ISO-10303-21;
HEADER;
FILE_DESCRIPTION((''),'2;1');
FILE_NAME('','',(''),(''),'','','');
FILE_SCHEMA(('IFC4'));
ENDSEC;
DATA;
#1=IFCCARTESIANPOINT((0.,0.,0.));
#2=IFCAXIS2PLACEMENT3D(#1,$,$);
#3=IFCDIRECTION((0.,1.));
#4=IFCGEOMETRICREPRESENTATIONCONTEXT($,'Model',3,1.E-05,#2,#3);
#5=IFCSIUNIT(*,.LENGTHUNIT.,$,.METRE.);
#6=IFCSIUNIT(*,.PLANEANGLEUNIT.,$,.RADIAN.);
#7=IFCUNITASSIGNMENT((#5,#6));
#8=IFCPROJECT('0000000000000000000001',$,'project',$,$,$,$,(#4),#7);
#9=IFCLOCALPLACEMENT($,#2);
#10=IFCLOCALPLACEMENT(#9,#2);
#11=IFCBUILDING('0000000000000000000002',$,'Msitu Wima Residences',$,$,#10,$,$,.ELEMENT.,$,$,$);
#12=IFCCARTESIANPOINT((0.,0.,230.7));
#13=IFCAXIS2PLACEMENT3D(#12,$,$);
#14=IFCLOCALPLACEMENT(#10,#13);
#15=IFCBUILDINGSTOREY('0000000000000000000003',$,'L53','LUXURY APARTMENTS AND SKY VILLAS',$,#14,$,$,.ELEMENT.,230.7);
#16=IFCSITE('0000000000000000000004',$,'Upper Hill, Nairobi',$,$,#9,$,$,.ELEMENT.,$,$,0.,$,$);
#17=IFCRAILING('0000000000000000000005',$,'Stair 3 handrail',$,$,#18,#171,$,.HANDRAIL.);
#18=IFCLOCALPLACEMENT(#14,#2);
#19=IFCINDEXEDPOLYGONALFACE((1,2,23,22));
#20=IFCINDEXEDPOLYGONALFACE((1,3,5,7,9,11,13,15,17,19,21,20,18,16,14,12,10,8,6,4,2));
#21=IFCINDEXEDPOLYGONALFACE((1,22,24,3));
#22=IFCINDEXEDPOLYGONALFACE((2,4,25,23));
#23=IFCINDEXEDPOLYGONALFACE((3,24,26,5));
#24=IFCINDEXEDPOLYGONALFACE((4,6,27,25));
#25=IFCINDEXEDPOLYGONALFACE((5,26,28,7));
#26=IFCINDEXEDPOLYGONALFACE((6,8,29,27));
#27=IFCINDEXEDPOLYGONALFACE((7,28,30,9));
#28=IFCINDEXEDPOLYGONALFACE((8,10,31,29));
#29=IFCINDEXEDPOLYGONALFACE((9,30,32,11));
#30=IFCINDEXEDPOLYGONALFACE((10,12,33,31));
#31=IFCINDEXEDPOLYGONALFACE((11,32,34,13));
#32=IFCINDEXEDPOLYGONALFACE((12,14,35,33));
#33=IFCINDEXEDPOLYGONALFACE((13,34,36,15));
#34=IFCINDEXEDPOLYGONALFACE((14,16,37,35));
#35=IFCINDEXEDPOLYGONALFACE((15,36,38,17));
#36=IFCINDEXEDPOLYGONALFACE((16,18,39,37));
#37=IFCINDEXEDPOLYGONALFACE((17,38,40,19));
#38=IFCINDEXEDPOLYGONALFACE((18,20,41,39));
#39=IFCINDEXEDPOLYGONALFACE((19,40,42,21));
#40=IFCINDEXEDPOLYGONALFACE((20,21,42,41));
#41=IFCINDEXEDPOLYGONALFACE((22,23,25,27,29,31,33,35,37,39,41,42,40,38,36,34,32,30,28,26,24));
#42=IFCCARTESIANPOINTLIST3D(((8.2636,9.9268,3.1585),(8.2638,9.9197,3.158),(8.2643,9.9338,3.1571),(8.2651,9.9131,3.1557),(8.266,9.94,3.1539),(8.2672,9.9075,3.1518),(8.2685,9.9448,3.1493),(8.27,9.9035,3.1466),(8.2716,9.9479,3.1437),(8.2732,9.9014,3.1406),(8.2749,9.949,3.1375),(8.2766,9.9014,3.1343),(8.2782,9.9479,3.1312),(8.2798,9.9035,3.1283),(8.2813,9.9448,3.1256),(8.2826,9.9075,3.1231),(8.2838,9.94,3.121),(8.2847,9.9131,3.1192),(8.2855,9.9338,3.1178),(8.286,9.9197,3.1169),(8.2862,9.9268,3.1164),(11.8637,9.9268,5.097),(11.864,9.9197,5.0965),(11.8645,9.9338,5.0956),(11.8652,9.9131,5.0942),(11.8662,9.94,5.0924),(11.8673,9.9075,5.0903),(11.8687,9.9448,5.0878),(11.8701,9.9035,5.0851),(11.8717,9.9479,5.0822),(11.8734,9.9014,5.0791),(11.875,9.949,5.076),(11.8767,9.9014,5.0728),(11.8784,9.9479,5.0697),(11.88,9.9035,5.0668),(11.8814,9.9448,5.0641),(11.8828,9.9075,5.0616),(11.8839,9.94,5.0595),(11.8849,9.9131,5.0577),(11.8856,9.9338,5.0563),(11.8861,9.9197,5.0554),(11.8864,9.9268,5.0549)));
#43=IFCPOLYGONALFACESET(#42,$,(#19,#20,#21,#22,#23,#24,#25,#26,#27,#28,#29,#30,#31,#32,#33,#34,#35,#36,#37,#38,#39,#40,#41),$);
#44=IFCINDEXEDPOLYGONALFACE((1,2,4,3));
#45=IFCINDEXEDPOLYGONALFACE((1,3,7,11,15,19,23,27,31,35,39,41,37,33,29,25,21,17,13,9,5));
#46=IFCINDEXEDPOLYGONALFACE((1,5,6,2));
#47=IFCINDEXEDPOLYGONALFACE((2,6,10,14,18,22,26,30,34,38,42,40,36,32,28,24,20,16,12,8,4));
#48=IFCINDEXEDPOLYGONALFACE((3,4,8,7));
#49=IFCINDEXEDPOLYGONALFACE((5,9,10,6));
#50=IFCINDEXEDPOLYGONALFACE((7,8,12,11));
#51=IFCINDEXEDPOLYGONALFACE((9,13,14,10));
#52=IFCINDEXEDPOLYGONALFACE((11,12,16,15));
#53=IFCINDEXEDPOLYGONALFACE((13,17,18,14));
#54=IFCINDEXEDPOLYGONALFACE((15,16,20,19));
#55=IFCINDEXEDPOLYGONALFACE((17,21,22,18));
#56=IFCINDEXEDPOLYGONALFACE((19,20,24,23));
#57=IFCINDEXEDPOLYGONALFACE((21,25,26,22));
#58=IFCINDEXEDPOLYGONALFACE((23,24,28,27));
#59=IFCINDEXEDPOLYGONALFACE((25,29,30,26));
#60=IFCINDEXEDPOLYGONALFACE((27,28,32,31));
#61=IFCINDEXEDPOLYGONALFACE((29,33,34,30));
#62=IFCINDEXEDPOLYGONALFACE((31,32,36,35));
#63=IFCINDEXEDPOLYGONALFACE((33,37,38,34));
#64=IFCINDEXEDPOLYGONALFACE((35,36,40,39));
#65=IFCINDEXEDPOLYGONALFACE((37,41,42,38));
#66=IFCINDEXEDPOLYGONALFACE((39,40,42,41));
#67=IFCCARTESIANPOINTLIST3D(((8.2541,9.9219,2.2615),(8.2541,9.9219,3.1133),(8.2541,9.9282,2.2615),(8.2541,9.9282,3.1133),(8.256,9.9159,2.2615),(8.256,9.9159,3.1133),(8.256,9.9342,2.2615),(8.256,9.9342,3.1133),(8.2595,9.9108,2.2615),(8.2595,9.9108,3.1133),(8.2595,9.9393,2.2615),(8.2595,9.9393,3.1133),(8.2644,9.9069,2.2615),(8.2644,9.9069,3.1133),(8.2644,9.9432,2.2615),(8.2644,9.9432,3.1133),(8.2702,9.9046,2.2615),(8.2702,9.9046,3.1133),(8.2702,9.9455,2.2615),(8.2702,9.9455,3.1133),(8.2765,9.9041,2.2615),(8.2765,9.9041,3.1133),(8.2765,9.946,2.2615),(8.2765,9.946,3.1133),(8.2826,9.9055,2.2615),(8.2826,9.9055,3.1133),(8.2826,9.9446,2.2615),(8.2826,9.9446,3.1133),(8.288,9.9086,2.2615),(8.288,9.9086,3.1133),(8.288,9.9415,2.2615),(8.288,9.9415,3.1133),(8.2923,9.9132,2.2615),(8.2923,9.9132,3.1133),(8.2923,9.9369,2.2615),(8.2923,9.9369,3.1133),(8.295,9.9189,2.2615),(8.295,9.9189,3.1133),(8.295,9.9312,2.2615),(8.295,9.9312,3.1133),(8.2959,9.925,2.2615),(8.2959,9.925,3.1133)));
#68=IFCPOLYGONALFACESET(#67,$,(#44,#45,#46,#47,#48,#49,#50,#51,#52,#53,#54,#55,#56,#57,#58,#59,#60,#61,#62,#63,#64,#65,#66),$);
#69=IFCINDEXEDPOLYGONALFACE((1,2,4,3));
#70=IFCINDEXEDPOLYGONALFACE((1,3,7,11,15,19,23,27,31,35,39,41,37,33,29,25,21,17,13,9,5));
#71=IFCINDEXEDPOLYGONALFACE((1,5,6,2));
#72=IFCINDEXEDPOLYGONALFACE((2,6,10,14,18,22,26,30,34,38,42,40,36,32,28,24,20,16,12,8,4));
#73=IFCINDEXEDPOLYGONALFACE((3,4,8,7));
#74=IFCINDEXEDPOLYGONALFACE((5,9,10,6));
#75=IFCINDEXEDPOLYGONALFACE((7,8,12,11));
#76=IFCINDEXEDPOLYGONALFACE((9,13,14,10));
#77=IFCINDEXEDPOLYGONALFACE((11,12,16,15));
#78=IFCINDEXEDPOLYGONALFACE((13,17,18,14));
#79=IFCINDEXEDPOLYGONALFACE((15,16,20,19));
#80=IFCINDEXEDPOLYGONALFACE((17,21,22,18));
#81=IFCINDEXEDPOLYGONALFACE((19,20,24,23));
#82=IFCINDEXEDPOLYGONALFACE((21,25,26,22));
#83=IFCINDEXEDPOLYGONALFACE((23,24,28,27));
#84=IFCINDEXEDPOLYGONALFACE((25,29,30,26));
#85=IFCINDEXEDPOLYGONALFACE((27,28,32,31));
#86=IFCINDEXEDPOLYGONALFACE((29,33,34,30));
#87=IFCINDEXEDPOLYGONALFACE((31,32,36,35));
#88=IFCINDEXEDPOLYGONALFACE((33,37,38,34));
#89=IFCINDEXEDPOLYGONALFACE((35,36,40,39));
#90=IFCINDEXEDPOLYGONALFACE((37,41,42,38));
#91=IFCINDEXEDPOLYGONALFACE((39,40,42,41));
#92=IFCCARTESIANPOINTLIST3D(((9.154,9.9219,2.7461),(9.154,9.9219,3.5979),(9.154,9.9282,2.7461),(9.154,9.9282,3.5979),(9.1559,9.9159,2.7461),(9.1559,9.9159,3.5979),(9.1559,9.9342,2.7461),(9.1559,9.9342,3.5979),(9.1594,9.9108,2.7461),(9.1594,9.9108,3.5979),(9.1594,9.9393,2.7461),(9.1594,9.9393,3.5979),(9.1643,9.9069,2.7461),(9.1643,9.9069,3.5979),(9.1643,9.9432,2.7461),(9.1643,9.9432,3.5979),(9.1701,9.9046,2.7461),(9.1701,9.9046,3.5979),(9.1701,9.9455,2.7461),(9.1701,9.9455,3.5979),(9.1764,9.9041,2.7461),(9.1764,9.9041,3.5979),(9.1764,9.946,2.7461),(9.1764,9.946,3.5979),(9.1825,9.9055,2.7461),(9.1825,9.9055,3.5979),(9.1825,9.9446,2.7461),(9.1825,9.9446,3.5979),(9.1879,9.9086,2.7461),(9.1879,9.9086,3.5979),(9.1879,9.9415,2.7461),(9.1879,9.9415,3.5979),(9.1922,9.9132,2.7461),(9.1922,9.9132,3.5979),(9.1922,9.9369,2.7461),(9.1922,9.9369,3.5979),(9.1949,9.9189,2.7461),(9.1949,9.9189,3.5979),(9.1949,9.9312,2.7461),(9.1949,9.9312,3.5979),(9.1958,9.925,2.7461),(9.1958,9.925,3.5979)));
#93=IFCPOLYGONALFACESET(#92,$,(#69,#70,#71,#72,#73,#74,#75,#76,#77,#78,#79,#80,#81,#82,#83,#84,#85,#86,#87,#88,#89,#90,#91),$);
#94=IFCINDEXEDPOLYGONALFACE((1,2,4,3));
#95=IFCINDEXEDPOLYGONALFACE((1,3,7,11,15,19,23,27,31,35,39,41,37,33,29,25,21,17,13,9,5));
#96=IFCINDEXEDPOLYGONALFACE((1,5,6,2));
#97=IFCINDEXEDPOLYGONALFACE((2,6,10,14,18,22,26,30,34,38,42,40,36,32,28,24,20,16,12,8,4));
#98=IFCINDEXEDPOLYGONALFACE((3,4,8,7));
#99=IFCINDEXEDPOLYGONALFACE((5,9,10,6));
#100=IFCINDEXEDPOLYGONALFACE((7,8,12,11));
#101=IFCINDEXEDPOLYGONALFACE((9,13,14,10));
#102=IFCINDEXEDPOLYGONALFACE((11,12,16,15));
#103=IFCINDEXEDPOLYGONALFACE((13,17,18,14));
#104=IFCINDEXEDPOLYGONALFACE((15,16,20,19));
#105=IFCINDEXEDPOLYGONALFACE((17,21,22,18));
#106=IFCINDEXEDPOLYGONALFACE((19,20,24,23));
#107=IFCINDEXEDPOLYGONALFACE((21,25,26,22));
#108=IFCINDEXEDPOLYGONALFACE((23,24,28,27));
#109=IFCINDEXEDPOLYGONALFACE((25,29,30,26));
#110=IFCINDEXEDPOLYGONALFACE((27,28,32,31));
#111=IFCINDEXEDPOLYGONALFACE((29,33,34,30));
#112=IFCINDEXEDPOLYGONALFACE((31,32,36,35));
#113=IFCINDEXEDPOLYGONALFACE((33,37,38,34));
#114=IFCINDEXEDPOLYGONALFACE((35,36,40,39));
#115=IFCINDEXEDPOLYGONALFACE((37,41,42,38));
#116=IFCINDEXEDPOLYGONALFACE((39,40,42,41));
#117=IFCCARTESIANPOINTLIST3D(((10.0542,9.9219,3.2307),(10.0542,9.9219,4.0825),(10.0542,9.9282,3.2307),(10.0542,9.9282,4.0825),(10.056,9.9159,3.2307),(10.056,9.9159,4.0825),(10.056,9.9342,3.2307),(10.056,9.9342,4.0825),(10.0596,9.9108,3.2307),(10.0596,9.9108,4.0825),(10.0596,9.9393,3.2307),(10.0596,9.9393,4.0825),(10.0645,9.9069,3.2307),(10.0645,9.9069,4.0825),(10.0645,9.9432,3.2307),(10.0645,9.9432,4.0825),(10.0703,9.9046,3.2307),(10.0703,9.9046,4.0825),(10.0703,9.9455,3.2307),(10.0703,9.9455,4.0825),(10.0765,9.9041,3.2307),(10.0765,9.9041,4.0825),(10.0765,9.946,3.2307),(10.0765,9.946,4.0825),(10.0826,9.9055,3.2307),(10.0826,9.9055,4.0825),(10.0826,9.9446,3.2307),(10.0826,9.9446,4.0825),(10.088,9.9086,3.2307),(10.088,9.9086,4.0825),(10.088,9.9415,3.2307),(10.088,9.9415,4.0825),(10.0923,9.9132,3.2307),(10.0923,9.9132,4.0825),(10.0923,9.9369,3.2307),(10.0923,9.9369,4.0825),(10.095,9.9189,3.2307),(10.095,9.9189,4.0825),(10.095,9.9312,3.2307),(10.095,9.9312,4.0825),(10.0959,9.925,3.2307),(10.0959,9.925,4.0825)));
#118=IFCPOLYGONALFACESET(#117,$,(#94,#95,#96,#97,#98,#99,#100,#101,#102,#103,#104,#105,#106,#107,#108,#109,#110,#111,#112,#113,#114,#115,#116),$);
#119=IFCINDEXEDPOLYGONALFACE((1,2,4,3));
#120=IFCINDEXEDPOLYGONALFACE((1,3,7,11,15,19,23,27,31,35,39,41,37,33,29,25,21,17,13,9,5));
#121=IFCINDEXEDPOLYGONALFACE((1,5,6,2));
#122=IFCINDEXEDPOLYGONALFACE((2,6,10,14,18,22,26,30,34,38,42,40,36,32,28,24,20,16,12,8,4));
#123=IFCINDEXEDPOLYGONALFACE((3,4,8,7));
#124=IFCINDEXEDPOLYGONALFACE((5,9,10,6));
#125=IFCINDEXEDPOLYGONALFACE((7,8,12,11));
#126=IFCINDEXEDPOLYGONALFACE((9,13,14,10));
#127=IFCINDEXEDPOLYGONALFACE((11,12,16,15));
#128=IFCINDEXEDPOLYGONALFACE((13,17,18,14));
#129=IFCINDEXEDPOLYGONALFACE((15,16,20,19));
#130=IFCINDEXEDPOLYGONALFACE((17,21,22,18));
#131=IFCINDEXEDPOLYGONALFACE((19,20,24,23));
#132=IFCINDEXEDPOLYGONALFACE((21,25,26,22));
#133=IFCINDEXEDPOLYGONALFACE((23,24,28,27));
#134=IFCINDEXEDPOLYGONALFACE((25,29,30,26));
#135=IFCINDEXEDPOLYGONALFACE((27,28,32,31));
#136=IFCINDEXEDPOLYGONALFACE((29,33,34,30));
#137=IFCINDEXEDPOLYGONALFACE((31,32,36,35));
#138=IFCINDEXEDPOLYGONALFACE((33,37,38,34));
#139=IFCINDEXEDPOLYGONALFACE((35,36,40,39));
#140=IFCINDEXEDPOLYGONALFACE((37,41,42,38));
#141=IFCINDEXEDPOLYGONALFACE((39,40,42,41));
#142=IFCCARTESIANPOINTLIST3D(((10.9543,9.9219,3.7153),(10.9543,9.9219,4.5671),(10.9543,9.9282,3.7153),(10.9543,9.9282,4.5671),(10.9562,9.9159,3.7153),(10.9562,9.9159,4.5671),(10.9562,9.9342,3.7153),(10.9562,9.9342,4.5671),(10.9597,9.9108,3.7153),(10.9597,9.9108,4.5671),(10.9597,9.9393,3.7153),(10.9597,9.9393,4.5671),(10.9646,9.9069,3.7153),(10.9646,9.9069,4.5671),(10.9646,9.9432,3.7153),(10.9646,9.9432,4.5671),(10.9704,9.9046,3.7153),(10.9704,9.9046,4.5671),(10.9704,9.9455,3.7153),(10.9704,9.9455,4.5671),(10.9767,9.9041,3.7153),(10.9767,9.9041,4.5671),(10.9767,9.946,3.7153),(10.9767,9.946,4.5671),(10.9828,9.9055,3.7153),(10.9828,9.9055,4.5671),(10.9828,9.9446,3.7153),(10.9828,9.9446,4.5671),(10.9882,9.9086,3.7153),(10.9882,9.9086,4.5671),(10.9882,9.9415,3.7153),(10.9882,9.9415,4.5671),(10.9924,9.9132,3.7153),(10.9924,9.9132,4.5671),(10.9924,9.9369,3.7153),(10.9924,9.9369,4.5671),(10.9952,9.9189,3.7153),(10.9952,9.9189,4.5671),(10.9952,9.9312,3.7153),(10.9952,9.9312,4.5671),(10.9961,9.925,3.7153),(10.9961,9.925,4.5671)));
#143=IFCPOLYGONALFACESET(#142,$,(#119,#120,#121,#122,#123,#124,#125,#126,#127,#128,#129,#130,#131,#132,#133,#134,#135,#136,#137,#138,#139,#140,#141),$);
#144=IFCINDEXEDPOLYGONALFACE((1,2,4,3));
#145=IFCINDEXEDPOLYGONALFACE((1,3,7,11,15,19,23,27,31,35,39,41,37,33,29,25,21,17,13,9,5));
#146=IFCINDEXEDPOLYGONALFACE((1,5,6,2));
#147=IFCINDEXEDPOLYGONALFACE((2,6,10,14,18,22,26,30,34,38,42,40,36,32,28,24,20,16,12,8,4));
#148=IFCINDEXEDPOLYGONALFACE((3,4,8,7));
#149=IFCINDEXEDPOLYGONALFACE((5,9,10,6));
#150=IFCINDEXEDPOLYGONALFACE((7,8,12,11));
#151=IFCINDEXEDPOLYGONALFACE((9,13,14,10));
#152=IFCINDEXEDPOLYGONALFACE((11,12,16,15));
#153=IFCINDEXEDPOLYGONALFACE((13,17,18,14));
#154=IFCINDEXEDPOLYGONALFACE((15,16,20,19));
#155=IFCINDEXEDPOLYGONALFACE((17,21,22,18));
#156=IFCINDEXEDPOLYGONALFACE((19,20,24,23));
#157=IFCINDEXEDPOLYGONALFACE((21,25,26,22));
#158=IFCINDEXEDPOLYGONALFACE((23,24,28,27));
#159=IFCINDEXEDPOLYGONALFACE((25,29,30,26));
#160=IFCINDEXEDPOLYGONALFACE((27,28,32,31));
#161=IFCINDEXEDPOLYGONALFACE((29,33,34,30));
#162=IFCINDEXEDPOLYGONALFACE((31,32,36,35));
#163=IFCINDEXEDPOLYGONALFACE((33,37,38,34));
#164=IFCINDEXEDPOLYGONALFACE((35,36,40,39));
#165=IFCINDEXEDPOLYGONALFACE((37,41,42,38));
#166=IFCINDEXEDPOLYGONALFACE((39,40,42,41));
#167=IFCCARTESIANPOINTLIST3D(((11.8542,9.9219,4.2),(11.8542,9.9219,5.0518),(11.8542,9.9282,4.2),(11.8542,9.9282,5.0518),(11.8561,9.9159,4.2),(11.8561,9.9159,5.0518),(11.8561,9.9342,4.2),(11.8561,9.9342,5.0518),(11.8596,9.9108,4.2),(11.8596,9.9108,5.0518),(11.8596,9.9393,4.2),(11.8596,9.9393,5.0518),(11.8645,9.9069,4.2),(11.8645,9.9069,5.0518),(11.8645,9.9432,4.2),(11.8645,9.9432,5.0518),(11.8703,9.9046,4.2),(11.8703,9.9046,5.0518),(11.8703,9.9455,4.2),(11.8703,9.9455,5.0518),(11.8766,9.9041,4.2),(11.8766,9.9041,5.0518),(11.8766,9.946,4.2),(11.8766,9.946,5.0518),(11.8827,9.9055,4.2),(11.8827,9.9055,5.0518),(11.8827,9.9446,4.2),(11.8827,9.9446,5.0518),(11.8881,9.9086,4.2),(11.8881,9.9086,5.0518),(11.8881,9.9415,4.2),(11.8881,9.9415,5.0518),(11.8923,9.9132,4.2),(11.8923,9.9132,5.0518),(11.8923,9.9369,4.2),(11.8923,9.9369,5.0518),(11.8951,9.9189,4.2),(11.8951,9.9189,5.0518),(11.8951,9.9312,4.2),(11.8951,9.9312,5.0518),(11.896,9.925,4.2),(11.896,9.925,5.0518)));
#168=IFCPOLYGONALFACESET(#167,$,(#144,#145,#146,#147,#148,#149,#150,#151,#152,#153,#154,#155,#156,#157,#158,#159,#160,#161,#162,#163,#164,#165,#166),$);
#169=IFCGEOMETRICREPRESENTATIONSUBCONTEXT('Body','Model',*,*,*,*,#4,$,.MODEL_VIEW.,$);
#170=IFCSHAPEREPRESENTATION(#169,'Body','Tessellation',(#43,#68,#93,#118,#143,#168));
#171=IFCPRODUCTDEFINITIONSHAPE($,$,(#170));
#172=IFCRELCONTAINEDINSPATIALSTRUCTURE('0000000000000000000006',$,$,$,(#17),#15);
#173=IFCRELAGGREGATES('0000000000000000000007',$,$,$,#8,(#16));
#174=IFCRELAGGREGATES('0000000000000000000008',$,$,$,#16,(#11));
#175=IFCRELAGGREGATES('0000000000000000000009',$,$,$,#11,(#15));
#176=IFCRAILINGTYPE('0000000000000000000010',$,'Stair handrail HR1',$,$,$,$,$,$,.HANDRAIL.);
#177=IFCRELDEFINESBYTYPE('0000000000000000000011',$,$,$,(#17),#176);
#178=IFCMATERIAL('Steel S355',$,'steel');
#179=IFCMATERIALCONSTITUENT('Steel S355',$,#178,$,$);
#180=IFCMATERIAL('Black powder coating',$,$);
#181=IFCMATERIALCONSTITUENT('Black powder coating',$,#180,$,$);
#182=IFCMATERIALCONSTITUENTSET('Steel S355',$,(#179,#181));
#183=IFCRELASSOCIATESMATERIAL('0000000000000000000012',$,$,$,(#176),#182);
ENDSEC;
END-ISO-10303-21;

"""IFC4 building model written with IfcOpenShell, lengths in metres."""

from ifc_helpers import new_model, si_unit, direction, frame, origin, origin_2d, place, context, subcontext, project, spatial, circle, extrude, material, constituent, constituent_set, type_object, element, save


model = new_model("IFC4")

# Units and contexts
model_context = context("Model", 3, precision=1e-05, world=origin(), true_north=direction((0.0, 1.0)))
body_context = subcontext(model_context, "Body", "Model", "MODEL_VIEW")
ifc_project = project(units=[si_unit("LENGTHUNIT", "METRE"), si_unit("PLANEANGLEUNIT", "RADIAN")], contexts=[model_context])

# Site, building, storey
site_placement = place(None, origin())
site = spatial("IfcSite", under=ifc_project, at=site_placement, Name="Upper Hill, Nairobi", CompositionType="ELEMENT", RefElevation=0.0)
building_placement = place(site_placement, origin())
building = spatial("IfcBuilding", under=site, at=building_placement, Name="Msitu Wima Residences", CompositionType="ELEMENT")
storey_placement = place(building_placement, frame((0.0, 0.0, 230.7)))
storey = spatial("IfcBuildingStorey", under=building, at=storey_placement, Name="L53", Description="LUXURY APARTMENTS AND SKY VILLAS", CompositionType="ELEMENT", Elevation=230.7)

# Railing
ifc_material_1 = material(Name="Steel S355", Category="steel")
ifc_constituent_1 = constituent(ifc_material_1, Name="Steel S355")
ifc_material_2 = material(Name="Black powder coating")
ifc_constituent_2 = constituent(ifc_material_2, Name="Black powder coating")
ifc_constituent_set = constituent_set(constituents=[ifc_constituent_1, ifc_constituent_2], Name="Steel S355")
railing_type = type_object("IfcRailingType", Name="Stair handrail HR1", PredefinedType="HANDRAIL", material=ifc_constituent_set)
for number, where, name in (
    (1, (8.2749, 9.925, 2.2615), "Stair 3 handrail"),
):
    element("IfcRailing", number, at=place(storey_placement, frame(where)), inside=storey, type_object=railing_type, Name=name, PredefinedType="HANDRAIL", context=body_context, shape_type="SweptSolid", body=[
        extrude(circle(Radius=0.0239, at=origin_2d()), frame((0.0, 0.0, 0.876), z_axis=(0.880475, 0.0, 0.474093), x_axis=(0.0, 1.0, 0.0)), (0.0, 0.0, 1.0), 4.0889),
        extrude(circle(Radius=0.021, at=origin_2d()), origin(), (0.0, 0.0, 1.0), 0.8518),
        extrude(circle(Radius=0.021, at=origin_2d()), frame((0.8999, 0.0, 0.4846)), (0.0, 0.0, 1.0), 0.8518),
        extrude(circle(Radius=0.021, at=origin_2d()), frame((1.8, 0.0, 0.9692)), (0.0, 0.0, 1.0), 0.8518),
        extrude(circle(Radius=0.021, at=origin_2d()), frame((2.7002, 0.0, 1.4539)), (0.0, 0.0, 1.0), 0.8518),
        extrude(circle(Radius=0.021, at=origin_2d()), frame((3.6001, 0.0, 1.9385)), (0.0, 0.0, 1.0), 0.8518),
    ])

save(model, "model.ifc")
